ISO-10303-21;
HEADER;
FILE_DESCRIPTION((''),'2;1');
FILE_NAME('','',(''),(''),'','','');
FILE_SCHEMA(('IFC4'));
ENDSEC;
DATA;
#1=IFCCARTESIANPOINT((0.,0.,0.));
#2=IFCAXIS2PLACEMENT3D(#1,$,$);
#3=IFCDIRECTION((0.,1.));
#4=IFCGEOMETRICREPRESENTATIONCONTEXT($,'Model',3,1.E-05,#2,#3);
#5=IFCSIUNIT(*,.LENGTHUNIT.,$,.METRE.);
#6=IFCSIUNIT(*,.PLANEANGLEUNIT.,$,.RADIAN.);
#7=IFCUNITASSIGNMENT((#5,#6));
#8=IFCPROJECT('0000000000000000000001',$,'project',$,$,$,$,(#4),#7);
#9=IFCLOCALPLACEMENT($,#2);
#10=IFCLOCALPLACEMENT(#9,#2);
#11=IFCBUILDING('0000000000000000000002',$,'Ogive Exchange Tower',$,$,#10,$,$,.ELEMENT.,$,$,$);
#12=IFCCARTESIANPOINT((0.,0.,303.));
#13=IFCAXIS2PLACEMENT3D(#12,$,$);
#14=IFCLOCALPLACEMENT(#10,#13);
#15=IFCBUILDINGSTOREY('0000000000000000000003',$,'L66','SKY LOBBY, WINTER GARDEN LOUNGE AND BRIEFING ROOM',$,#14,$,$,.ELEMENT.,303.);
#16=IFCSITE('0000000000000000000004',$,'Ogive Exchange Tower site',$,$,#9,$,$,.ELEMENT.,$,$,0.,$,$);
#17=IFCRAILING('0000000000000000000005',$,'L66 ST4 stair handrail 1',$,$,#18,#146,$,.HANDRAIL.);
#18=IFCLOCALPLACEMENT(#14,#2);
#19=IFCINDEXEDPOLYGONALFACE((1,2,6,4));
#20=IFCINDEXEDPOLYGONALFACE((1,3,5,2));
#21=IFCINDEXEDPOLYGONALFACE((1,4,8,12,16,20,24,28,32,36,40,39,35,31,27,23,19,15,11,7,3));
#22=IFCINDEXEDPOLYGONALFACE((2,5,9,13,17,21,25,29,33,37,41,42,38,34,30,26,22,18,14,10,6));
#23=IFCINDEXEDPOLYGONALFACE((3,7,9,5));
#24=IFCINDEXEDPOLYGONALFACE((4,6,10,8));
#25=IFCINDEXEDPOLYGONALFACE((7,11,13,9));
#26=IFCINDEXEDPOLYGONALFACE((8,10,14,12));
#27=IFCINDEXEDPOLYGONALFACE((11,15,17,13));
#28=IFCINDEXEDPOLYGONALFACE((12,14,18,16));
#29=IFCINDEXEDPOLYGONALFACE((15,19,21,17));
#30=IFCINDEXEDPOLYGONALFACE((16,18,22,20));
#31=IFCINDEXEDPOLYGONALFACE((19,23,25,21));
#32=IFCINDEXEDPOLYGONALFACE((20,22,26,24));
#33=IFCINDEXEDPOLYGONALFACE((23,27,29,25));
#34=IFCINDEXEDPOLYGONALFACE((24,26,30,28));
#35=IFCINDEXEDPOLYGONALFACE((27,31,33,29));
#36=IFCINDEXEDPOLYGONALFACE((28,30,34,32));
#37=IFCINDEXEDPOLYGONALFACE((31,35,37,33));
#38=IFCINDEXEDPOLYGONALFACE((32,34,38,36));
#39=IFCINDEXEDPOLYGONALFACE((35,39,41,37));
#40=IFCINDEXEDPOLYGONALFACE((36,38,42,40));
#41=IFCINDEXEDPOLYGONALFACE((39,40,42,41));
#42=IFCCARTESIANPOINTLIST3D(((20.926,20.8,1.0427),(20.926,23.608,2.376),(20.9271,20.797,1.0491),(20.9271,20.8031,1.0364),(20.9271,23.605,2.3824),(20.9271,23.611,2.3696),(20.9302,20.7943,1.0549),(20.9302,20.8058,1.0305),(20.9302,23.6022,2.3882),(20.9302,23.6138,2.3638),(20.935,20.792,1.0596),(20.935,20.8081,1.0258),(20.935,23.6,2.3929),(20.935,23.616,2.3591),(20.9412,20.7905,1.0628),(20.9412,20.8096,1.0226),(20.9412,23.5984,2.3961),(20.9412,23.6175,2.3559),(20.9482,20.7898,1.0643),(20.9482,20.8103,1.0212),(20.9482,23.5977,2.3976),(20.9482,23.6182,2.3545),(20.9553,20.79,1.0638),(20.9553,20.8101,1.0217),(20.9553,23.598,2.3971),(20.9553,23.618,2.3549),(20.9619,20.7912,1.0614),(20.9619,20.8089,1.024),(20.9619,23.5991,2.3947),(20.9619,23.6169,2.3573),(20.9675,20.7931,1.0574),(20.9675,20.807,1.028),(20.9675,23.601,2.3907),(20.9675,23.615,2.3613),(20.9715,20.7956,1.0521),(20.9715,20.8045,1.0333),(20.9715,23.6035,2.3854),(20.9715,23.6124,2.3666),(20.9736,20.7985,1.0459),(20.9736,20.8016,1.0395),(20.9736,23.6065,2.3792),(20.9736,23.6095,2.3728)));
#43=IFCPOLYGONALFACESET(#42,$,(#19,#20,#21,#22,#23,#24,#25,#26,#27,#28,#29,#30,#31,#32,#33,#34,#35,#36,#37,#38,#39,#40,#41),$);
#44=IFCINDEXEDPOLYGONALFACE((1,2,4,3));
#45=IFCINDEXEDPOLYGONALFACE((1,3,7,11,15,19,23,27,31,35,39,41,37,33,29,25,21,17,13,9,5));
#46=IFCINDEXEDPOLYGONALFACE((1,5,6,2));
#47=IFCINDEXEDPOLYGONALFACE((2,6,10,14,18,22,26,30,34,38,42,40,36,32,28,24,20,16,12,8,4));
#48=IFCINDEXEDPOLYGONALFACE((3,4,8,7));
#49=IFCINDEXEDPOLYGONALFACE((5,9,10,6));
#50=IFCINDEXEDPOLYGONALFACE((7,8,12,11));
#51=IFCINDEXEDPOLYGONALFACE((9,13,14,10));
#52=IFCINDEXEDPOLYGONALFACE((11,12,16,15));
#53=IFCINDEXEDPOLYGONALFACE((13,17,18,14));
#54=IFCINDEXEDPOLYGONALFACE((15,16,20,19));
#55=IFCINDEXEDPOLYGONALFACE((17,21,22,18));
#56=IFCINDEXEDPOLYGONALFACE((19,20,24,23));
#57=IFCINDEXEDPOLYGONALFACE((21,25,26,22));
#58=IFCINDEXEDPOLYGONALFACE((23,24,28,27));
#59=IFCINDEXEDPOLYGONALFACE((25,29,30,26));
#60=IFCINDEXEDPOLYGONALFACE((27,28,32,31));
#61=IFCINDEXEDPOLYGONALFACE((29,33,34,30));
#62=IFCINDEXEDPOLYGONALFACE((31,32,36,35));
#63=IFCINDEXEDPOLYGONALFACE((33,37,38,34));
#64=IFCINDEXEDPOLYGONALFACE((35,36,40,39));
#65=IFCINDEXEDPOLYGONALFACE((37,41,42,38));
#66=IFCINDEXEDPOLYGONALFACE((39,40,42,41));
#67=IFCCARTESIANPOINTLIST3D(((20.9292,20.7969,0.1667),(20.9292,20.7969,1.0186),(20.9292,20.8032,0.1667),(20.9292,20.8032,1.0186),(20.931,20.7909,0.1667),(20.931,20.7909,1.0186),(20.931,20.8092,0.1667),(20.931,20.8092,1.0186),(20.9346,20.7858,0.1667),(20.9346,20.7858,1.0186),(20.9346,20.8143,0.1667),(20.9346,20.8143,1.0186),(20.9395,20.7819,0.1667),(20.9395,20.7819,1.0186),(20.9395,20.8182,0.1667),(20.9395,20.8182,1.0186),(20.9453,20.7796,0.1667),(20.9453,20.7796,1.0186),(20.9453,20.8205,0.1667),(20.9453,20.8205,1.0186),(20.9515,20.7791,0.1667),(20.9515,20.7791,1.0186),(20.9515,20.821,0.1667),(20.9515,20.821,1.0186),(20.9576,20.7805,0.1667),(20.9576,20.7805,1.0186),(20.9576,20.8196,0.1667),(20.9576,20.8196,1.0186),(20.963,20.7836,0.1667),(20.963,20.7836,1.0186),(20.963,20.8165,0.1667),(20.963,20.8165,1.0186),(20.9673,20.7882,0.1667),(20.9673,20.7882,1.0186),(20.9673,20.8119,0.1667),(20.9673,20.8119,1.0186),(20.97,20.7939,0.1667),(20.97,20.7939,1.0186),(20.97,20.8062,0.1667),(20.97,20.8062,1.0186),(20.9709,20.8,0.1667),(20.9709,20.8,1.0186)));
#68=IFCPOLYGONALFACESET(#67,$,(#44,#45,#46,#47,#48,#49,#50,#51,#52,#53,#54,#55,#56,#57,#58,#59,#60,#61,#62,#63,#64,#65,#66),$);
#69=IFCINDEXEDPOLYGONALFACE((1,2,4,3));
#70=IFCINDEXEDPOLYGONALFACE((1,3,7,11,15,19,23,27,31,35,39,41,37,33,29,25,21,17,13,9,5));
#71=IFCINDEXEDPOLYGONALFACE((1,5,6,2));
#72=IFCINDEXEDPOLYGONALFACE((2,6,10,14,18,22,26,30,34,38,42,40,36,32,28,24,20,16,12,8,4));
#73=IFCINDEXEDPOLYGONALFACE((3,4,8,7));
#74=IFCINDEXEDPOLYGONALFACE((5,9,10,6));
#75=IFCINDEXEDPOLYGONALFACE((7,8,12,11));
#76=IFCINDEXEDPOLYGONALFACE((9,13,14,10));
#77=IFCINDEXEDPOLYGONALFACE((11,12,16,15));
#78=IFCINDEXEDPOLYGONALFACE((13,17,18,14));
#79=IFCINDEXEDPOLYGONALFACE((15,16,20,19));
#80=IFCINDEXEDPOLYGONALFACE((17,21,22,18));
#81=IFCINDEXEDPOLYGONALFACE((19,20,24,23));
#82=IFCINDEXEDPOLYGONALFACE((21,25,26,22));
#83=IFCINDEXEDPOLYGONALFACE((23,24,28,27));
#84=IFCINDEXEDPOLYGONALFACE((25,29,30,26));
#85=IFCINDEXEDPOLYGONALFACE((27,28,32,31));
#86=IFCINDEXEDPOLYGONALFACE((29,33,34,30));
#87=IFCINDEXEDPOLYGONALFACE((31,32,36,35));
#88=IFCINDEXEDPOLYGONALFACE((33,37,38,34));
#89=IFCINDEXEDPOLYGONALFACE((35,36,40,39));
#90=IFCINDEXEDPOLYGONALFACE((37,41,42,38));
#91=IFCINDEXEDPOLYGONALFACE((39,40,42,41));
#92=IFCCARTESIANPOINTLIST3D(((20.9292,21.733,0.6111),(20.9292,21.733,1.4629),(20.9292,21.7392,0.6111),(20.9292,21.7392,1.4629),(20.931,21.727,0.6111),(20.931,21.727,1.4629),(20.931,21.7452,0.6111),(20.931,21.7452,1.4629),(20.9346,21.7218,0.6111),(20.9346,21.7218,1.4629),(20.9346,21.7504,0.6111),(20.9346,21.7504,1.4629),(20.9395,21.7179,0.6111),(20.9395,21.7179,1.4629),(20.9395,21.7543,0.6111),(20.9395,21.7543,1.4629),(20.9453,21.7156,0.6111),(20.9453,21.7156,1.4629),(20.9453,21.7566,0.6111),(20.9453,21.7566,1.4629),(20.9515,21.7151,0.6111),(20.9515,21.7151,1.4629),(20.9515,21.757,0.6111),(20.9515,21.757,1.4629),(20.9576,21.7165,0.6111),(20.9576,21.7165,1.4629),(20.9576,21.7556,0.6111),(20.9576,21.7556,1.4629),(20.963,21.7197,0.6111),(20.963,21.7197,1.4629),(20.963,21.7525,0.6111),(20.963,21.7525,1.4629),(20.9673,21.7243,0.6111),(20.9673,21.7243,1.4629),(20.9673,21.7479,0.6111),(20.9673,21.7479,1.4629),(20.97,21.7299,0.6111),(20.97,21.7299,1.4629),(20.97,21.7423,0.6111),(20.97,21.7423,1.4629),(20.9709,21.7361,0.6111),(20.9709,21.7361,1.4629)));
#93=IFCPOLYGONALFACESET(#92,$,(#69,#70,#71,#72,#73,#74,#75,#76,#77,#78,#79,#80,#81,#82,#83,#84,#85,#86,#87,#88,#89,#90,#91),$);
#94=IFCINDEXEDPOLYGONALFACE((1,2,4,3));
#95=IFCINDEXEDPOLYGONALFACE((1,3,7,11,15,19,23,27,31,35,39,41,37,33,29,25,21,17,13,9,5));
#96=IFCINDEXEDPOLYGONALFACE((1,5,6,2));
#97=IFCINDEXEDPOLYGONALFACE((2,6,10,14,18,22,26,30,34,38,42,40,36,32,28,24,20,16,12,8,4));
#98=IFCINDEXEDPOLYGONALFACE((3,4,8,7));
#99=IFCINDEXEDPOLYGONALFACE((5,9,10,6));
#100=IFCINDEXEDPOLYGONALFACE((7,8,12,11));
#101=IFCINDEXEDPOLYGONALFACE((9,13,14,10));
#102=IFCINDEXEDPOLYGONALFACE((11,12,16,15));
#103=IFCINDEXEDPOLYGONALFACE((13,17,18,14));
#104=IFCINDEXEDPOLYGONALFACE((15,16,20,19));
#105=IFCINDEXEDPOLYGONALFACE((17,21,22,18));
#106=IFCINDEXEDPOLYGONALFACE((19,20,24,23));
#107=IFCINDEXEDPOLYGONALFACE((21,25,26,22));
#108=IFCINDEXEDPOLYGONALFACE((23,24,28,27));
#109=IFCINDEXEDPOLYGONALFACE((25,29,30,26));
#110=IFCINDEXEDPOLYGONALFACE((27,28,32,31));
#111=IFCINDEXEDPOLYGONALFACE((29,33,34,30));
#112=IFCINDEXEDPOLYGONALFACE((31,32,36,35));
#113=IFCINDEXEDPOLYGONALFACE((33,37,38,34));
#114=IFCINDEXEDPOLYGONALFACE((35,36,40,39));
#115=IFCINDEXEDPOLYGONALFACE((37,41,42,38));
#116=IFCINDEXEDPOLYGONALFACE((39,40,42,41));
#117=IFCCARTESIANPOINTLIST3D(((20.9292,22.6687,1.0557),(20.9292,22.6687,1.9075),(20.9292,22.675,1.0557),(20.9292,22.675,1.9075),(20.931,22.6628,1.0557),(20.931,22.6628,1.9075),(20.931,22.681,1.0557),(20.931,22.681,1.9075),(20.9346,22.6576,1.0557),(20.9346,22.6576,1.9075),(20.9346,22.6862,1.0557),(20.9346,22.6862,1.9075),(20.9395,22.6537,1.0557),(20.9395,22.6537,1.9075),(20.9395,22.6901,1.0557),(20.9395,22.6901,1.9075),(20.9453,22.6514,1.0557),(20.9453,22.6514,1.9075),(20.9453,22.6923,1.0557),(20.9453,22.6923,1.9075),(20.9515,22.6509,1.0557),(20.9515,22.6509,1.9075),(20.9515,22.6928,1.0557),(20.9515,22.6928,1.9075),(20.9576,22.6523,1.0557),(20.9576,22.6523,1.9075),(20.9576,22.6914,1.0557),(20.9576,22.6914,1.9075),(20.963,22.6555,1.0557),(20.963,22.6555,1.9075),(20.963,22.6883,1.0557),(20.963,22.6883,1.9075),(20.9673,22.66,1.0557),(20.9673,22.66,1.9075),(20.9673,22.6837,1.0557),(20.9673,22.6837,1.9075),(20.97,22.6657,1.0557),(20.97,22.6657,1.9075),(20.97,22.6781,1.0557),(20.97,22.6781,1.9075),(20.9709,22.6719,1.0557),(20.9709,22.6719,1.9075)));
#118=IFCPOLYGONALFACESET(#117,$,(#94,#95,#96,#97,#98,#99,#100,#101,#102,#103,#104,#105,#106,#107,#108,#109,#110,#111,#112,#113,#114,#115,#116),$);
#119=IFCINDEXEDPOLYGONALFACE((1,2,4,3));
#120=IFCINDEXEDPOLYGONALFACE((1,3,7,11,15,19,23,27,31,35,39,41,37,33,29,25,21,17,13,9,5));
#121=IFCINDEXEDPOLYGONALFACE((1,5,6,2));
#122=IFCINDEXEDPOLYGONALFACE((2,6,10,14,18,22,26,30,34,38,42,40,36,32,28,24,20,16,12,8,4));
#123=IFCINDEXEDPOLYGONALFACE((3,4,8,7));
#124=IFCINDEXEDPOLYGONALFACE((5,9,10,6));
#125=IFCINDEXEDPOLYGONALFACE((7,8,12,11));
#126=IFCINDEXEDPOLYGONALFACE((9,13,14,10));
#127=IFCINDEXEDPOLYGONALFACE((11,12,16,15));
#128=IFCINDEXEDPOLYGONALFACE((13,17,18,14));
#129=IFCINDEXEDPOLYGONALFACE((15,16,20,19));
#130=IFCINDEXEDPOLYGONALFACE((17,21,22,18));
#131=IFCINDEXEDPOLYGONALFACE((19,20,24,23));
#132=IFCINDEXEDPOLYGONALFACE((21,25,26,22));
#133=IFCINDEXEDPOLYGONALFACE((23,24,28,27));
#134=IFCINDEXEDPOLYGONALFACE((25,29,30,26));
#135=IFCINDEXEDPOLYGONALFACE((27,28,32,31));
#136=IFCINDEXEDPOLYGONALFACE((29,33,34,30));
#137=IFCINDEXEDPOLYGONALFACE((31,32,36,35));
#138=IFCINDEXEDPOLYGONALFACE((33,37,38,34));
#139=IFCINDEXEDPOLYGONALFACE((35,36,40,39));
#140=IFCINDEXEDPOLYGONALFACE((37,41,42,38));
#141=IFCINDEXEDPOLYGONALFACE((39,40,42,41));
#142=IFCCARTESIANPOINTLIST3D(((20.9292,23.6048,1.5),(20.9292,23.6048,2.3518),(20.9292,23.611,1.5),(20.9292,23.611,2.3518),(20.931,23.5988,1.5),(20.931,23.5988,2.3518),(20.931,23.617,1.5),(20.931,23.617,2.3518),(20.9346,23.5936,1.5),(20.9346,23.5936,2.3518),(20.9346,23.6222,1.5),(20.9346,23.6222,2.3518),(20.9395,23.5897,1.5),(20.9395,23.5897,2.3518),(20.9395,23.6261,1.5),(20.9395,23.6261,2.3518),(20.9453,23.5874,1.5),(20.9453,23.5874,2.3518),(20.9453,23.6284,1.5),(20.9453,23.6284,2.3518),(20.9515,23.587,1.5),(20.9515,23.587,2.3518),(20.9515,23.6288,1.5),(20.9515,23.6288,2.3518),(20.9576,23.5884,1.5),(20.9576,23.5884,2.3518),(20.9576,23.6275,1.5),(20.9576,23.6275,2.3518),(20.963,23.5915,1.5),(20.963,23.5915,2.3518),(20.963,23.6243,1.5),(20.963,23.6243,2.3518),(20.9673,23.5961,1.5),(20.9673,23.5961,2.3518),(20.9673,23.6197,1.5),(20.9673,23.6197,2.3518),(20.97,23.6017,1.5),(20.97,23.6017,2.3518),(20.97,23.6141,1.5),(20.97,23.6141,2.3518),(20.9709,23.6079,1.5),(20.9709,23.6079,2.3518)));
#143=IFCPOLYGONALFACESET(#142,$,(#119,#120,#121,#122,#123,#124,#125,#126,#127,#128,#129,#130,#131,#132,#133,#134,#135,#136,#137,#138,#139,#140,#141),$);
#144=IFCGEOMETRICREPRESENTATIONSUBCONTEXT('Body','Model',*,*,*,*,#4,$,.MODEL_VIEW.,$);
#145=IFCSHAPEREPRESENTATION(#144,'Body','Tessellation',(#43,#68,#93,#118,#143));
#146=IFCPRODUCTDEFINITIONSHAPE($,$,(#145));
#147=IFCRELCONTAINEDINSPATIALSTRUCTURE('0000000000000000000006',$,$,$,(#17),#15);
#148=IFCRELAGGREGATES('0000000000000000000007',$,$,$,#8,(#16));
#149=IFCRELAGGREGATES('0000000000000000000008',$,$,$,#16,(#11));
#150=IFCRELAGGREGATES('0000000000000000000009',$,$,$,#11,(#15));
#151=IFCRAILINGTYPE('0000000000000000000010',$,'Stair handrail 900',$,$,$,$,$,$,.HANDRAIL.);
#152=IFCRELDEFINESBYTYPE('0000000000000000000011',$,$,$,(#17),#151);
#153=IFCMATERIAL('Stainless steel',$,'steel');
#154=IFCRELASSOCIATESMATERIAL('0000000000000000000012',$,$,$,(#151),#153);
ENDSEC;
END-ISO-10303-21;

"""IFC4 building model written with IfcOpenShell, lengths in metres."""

from ifc_helpers import new_model, si_unit, direction, frame, origin, origin_2d, place, context, subcontext, project, spatial, circle, extrude, material, type_object, element, save


model = new_model("IFC4")

# Units and contexts
model_context = context("Model", 3, precision=1e-05, world=origin(), true_north=direction((0.0, 1.0)))
body_context = subcontext(model_context, "Body", "Model", "MODEL_VIEW")
ifc_project = project(units=[si_unit("LENGTHUNIT", "METRE"), si_unit("PLANEANGLEUNIT", "RADIAN")], contexts=[model_context])

# Site, building, storey
site_placement = place(None, origin())
site = spatial("IfcSite", under=ifc_project, at=site_placement, Name="Ogive Exchange Tower site", CompositionType="ELEMENT", RefElevation=0.0)
building_placement = place(site_placement, origin())
building = spatial("IfcBuilding", under=site, at=building_placement, Name="Ogive Exchange Tower", CompositionType="ELEMENT")
storey_placement = place(building_placement, frame((0.0, 0.0, 303.0)))
storey = spatial("IfcBuildingStorey", under=building, at=storey_placement, Name="L66", Description="SKY LOBBY, WINTER GARDEN LOUNGE AND BRIEFING ROOM", CompositionType="ELEMENT", Elevation=303.0)

# Railing
ifc_material_1 = material(Name="Stainless steel", Category="steel")
railing_type = type_object("IfcRailingType", Name="Stair handrail 900", PredefinedType="HANDRAIL", material=ifc_material_1)
railing_1_placement = place(storey_placement, frame((20.95, 20.8, 0.1667)))
element("IfcRailing", 1, at=railing_1_placement, inside=storey, type_object=railing_type, Name="L66 ST4 stair handrail 1", PredefinedType="HANDRAIL", context=body_context, shape_type="SweptSolid", body=[
    extrude(circle(Radius=0.0239, at=origin_2d()), frame((0.0, 0.0, 0.876), z_axis=(0.0, 0.903338, 0.42893), x_axis=(-1.0, 0.0, 0.0)), (0.0, 0.0, 1.0), 3.1084),
    extrude(circle(Radius=0.021, at=origin_2d()), origin(), (0.0, 0.0, 1.0), 0.8518),
    extrude(circle(Radius=0.021, at=origin_2d()), frame((0.0, 0.936, 0.4443)), (0.0, 0.0, 1.0), 0.8518),
    extrude(circle(Radius=0.021, at=origin_2d()), frame((0.0, 1.8718, 0.8889)), (0.0, 0.0, 1.0), 0.8518),
    extrude(circle(Radius=0.021, at=origin_2d()), frame((0.0, 2.8079, 1.3333)), (0.0, 0.0, 1.0), 0.8518),
])

save(model, "model.ifc")
